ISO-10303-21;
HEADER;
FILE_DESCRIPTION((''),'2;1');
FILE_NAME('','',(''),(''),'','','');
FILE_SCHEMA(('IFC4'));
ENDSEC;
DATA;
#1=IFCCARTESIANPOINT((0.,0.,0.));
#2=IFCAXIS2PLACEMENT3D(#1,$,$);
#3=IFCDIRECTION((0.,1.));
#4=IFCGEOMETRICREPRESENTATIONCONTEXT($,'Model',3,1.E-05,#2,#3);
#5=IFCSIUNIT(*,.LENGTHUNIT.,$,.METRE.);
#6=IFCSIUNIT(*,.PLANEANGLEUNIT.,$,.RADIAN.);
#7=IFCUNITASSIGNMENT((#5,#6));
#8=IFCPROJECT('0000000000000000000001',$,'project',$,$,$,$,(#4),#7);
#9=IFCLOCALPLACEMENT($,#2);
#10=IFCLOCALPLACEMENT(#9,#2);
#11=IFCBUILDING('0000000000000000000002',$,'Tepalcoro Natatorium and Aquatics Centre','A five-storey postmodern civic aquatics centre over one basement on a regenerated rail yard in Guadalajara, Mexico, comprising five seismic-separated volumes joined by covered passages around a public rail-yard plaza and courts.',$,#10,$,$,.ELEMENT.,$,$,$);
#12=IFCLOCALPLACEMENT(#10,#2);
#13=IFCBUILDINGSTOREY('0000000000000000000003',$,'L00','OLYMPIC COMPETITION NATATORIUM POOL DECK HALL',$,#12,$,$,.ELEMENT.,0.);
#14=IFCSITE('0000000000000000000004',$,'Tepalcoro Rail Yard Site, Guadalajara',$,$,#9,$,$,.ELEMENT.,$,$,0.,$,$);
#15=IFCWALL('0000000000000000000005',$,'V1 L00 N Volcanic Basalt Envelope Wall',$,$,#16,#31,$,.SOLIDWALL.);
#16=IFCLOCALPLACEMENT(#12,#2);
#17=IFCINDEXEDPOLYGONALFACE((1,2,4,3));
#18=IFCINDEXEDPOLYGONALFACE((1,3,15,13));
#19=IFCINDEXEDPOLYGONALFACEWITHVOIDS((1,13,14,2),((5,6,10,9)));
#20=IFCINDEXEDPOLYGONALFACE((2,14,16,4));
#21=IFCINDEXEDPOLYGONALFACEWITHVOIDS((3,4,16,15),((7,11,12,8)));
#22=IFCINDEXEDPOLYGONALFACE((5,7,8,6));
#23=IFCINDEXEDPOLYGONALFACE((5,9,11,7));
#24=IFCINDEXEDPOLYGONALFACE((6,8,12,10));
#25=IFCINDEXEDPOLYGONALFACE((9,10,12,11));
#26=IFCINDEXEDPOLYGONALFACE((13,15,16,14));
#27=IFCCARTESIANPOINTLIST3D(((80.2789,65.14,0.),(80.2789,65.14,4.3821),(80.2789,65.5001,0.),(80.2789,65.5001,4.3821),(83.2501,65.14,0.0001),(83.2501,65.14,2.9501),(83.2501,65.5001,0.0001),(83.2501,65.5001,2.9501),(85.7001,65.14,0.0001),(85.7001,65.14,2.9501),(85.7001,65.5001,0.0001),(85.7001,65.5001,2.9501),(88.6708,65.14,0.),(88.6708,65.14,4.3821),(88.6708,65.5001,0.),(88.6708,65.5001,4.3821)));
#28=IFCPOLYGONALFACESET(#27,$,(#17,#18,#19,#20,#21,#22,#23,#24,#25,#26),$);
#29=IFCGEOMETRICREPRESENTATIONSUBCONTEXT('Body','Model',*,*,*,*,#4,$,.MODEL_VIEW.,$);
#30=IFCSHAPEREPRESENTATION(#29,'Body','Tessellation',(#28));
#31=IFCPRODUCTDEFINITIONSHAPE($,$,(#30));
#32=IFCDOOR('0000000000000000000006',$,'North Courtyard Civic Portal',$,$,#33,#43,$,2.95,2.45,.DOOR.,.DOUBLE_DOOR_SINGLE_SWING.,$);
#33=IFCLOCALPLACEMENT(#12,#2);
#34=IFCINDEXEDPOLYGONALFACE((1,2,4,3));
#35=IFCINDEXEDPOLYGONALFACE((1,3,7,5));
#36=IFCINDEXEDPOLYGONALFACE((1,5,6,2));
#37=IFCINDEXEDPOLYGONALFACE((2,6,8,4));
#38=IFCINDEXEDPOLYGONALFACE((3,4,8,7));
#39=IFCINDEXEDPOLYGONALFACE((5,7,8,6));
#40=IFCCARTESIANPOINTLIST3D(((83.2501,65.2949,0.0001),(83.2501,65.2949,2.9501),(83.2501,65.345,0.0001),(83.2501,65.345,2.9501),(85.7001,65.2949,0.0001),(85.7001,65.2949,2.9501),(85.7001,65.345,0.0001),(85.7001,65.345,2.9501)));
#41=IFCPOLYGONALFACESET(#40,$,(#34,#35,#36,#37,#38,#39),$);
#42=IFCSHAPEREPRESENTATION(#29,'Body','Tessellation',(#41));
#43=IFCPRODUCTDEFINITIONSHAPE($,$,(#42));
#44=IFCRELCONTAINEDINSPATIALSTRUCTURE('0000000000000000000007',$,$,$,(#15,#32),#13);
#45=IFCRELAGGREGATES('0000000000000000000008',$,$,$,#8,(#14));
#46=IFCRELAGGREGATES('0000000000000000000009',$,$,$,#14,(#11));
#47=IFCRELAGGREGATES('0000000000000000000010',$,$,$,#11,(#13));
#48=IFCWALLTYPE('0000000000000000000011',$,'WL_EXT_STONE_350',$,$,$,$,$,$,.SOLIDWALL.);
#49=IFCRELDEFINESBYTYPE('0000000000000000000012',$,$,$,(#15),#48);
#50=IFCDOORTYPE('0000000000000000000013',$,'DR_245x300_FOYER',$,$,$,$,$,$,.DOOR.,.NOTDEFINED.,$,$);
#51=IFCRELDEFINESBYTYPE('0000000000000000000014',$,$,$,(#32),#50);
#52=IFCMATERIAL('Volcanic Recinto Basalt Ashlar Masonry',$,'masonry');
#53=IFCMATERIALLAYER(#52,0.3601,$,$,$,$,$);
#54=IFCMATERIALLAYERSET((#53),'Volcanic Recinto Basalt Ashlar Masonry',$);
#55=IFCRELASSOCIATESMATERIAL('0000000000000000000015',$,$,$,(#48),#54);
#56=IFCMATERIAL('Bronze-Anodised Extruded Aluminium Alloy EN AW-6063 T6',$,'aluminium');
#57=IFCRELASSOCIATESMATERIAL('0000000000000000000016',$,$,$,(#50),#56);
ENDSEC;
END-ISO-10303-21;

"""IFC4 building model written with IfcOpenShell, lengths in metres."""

from ifc_helpers import new_model, si_unit, direction, frame, frame_2d, origin, place, context, subcontext, project, spatial, rectangle, extrude, material, layer, layer_set, type_object, element, fill, save


model = new_model("IFC4")

# Units and contexts
model_context = context("Model", 3, precision=1e-05, world=origin(), true_north=direction((0.0, 1.0)))
body_context = subcontext(model_context, "Body", "Model", "MODEL_VIEW")
ifc_project = project(units=[si_unit("LENGTHUNIT", "METRE"), si_unit("PLANEANGLEUNIT", "RADIAN")], contexts=[model_context])

# Site, building, storey
site_placement = place(None, origin())
site = spatial("IfcSite", under=ifc_project, at=site_placement, Name="Tepalcoro Rail Yard Site, Guadalajara", CompositionType="ELEMENT", RefElevation=0.0)
building_placement = place(site_placement, origin())
building = spatial("IfcBuilding", under=site, at=building_placement, Name="Tepalcoro Natatorium and Aquatics Centre", Description="A five-storey postmodern civic aquatics centre over one basement on a regenerated rail yard in Guadalajara, Mexico, comprising five seismic-separated volumes joined by covered passages around a public rail-yard plaza and courts.", CompositionType="ELEMENT")
storey_placement = place(building_placement, origin())
storey = spatial("IfcBuildingStorey", under=building, at=storey_placement, Name="L00", Description="OLYMPIC COMPETITION NATATORIUM POOL DECK HALL", CompositionType="ELEMENT", Elevation=0.0)

# Shared definitions
ifc_material_1 = material(Name="Bronze-Anodised Extruded Aluminium Alloy EN AW-6063 T6", Category="aluminium")

# Shared definitions
ifc_material_2 = material(Name="Volcanic Recinto Basalt Ashlar Masonry", Category="masonry")

# Wall, opening, door
ifc_layer_1 = layer(ifc_material_2, 0.3601)
ifc_layer_set_1 = layer_set([ifc_layer_1], Name="Volcanic Recinto Basalt Ashlar Masonry")
wall_type = type_object("IfcWallType", Name="WL_EXT_STONE_350", PredefinedType="SOLIDWALL", material=ifc_layer_set_1)
wall_placement = place(storey_placement, frame((80.2791, 65.3201, 0.0), z_axis=(0.0, 0.0, 1.0), x_axis=(1.0, 0.0, 0.0)))
wall = element("IfcWall", 1, at=wall_placement, inside=storey, type_object=wall_type, Name="V1 L00 N Volcanic Basalt Envelope Wall", PredefinedType="SOLIDWALL", context=body_context, shape_type="SweptSolid", body=[
    extrude(rectangle(XDim=8.3918, YDim=0.3601, at=frame_2d((4.1958, 0.0))), origin(), (0.0, 0.0, 1.0), 4.3821),
])
opening_placement = place(wall_placement, frame((2.9709, 0.0, 0.0)))
opening = element("IfcOpeningElement", 2, at=opening_placement, cuts=wall, PredefinedType="OPENING", context=body_context, shape_type="SweptSolid", body=[
    extrude(rectangle(XDim=2.45, YDim=2.95, at=frame_2d((1.2251, 1.4751))), frame((0.0, 0.1919, 0.0), z_axis=(0.0, -1.0, 0.0), x_axis=(1.0, 0.0, 0.0)), (0.0, 0.0, 1.0), 0.384),
])
door_type = type_object("IfcDoorType", Name="DR_245x300_FOYER", OperationType="NOTDEFINED", PredefinedType="DOOR", material=ifc_material_1)
door_placement = place(opening_placement, origin())
door = element("IfcDoor", 3, at=door_placement, inside=storey, type_object=door_type, Name="North Courtyard Civic Portal", OperationType="DOUBLE_DOOR_SINGLE_SWING", OverallHeight=2.95, OverallWidth=2.45, PredefinedType="DOOR", context=body_context, shape_type="SweptSolid", body=[
    extrude(rectangle(XDim=2.45, YDim=2.95, at=frame_2d((1.2251, 1.4751))), frame((0.0, 0.0249, 0.0), z_axis=(0.0, -1.0, 0.0), x_axis=(1.0, 0.0, 0.0)), (0.0, 0.0, 1.0), 0.05),
])
fill(opening, door)

save(model, "model.ifc")
